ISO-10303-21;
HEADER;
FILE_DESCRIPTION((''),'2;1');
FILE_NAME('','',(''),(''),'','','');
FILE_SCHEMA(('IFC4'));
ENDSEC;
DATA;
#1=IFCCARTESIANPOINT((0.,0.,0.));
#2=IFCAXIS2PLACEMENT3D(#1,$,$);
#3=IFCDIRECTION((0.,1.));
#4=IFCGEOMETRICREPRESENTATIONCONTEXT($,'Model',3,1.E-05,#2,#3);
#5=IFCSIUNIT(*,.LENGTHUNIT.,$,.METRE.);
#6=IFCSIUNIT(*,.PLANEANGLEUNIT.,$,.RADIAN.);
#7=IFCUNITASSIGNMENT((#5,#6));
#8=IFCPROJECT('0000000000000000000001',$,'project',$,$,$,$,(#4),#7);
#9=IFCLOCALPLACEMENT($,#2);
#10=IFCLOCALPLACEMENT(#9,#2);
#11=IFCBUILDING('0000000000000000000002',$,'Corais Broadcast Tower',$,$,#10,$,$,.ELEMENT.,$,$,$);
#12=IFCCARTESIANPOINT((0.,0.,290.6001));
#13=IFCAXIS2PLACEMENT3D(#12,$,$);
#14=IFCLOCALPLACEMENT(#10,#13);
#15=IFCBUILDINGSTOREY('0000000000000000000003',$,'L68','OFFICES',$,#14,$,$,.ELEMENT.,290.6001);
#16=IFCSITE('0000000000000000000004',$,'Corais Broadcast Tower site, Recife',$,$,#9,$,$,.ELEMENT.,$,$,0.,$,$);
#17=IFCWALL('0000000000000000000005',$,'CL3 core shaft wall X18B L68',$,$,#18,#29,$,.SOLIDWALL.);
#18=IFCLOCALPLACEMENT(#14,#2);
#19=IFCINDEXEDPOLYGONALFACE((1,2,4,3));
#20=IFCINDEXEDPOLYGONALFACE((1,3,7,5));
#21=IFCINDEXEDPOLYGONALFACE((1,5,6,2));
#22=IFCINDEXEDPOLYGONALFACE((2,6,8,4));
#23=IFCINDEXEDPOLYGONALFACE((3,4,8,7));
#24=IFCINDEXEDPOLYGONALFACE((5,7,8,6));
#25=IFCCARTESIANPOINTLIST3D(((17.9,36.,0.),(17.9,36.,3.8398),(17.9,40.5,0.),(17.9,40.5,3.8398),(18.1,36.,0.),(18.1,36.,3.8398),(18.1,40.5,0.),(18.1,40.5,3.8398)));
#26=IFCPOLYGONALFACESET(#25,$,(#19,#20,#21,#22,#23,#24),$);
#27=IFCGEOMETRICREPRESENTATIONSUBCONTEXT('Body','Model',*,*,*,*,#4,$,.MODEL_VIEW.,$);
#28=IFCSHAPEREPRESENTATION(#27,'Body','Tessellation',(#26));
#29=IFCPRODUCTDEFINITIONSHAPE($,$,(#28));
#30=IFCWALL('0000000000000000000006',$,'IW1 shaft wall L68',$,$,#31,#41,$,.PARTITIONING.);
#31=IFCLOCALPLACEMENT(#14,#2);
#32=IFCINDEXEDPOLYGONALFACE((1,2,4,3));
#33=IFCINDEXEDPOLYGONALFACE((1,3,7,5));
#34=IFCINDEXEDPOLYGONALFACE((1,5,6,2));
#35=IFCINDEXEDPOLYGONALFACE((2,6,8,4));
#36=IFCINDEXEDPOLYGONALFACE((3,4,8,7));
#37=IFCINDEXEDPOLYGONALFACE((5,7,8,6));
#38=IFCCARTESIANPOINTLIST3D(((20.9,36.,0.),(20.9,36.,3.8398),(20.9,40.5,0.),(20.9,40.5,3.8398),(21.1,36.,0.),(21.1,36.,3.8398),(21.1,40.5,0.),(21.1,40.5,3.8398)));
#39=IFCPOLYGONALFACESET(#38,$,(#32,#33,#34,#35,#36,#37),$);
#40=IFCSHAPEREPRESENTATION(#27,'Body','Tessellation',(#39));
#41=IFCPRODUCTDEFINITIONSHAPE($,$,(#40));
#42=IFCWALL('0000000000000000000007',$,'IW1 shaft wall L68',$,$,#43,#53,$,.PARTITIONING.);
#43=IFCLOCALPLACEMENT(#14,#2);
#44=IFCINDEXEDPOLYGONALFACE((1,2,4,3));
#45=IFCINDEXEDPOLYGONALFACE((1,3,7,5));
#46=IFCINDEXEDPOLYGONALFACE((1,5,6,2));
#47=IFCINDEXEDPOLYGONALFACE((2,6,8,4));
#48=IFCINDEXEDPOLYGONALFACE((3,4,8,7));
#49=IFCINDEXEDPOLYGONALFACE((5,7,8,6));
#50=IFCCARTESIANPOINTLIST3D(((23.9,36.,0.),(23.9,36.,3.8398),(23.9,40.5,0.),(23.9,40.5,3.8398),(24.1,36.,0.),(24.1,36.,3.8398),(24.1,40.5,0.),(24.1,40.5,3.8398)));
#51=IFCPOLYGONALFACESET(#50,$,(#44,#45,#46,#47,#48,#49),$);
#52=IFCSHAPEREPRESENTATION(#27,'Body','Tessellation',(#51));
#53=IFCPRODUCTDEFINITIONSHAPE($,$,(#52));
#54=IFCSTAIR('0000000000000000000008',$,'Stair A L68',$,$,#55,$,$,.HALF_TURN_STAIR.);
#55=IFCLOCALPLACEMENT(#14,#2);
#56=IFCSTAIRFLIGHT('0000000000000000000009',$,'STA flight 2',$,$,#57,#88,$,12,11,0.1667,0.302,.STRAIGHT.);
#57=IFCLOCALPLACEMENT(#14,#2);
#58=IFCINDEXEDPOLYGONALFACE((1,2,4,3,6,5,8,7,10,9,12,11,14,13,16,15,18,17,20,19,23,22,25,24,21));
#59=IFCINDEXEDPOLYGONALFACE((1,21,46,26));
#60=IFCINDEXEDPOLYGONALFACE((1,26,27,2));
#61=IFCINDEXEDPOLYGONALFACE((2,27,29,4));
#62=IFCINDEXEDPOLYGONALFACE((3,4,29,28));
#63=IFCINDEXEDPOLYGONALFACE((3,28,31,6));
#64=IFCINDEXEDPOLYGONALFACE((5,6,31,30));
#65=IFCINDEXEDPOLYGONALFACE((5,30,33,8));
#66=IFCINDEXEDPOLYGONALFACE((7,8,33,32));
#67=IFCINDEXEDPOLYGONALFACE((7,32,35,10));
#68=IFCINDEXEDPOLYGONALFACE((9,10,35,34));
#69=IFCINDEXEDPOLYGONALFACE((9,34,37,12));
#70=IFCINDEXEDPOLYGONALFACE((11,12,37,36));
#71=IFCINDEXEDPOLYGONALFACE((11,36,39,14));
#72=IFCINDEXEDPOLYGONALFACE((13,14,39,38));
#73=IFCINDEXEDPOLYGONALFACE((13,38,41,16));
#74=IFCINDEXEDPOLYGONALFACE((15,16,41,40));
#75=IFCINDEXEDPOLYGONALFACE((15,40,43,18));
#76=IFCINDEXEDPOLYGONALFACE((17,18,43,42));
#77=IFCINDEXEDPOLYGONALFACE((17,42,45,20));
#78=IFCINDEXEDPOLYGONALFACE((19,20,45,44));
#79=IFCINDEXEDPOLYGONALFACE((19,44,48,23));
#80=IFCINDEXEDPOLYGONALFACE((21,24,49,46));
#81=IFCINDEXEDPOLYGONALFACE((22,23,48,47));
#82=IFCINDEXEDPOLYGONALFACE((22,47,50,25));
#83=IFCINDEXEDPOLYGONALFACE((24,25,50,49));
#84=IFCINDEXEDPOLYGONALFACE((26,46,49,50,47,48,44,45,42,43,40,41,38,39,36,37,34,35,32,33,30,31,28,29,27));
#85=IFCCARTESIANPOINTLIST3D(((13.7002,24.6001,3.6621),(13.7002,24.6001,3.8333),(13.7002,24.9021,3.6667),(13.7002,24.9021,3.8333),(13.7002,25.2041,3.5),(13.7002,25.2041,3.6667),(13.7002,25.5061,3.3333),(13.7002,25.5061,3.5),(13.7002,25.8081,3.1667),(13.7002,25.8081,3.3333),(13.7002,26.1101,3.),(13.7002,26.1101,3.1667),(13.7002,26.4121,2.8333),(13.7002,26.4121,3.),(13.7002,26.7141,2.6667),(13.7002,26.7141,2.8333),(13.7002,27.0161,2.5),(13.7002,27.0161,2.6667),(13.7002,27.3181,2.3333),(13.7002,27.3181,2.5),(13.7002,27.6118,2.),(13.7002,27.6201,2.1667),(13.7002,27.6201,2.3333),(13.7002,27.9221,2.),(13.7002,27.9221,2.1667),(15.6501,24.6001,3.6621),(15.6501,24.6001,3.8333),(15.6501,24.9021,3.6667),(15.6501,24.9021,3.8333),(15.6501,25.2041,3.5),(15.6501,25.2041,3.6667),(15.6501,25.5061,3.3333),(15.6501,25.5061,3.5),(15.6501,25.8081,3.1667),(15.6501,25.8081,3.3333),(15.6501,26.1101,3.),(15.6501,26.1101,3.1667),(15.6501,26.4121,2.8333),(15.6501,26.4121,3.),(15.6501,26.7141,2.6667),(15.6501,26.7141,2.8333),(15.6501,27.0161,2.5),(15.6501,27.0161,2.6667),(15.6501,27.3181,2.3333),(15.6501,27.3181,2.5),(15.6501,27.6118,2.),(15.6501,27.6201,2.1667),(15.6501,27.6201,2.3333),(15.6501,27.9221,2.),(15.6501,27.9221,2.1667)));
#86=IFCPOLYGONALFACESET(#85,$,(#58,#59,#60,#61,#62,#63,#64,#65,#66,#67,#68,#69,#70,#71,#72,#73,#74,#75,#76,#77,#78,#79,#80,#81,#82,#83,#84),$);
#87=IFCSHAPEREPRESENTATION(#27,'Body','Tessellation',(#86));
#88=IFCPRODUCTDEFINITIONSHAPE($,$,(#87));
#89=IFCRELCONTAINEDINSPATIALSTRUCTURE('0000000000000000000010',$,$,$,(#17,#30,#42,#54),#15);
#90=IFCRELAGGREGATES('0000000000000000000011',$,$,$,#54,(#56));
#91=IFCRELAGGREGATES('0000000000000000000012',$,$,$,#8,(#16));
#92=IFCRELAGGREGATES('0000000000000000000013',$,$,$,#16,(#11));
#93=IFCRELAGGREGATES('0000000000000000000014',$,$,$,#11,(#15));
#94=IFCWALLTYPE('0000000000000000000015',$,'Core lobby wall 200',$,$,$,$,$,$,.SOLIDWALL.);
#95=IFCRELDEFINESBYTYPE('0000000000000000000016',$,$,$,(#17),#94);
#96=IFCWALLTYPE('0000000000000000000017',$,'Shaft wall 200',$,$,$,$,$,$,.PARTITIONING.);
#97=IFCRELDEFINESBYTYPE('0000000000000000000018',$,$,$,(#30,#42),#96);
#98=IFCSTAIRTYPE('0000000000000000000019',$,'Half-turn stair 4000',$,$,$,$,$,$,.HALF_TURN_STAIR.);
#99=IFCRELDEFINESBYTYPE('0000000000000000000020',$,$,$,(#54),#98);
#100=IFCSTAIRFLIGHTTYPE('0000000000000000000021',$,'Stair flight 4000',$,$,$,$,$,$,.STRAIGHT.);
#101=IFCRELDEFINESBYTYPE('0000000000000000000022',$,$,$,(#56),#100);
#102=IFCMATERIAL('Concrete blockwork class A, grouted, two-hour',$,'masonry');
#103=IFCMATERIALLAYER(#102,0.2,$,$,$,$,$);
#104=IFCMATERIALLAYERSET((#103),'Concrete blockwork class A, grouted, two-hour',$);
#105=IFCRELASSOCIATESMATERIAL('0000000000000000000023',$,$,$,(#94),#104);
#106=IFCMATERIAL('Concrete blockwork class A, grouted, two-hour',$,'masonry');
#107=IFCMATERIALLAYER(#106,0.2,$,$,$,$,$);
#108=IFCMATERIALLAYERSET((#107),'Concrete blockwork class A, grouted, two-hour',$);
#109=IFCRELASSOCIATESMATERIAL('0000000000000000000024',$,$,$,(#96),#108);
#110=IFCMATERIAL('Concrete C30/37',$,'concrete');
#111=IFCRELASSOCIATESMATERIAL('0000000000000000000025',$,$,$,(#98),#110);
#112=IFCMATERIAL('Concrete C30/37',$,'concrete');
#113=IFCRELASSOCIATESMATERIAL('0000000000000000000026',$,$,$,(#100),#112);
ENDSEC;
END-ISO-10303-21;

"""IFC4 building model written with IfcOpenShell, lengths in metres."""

from ifc_helpers import new_model, si_unit, direction, frame, frame_2d, origin, place, context, subcontext, project, spatial, polyline, rectangle, outline, extrude, material, layer, layer_set, type_object, element, aggregate, save


model = new_model("IFC4")

# Units and contexts
model_context = context("Model", 3, precision=1e-05, world=origin(), true_north=direction((0.0, 1.0)))
body_context = subcontext(model_context, "Body", "Model", "MODEL_VIEW")
ifc_project = project(units=[si_unit("LENGTHUNIT", "METRE"), si_unit("PLANEANGLEUNIT", "RADIAN")], contexts=[model_context])

# Site, building, storey
site_placement = place(None, origin())
site = spatial("IfcSite", under=ifc_project, at=site_placement, Name="Corais Broadcast Tower site, Recife", CompositionType="ELEMENT", RefElevation=0.0)
building_placement = place(site_placement, origin())
building = spatial("IfcBuilding", under=site, at=building_placement, Name="Corais Broadcast Tower", CompositionType="ELEMENT")
storey_placement = place(building_placement, frame((0.0, 0.0, 290.6001)))
storey = spatial("IfcBuildingStorey", under=building, at=storey_placement, Name="L68", Description="OFFICES", CompositionType="ELEMENT", Elevation=290.6001)

# Walls
ifc_material_1 = material(Name="Concrete blockwork class A, grouted, two-hour", Category="masonry")
ifc_layer_1 = layer(ifc_material_1, 0.2)
ifc_layer_set_1 = layer_set([ifc_layer_1], Name="Concrete blockwork class A, grouted, two-hour")
wall_type_1 = type_object("IfcWallType", Name="Core lobby wall 200", PredefinedType="SOLIDWALL", material=ifc_layer_set_1)
wall_placement = place(storey_placement, frame((18.0, 36.0, 0.0), z_axis=(0.0, 0.0, 1.0), x_axis=(0.0, 1.0, 0.0)))
element("IfcWall", 1, at=wall_placement, inside=storey, type_object=wall_type_1, Name="CL3 core shaft wall X18B L68", PredefinedType="SOLIDWALL", context=body_context, shape_type="SweptSolid", body=[
    extrude(rectangle(XDim=4.5, YDim=0.2, at=frame_2d((2.25, 0.0))), origin(), (0.0, 0.0, 1.0), 3.8398),
])
ifc_material_2 = material(Name="Concrete blockwork class A, grouted, two-hour", Category="masonry")
ifc_layer_2 = layer(ifc_material_2, 0.2)
ifc_layer_set_2 = layer_set([ifc_layer_2], Name="Concrete blockwork class A, grouted, two-hour")
wall_type_2 = type_object("IfcWallType", Name="Shaft wall 200", PredefinedType="PARTITIONING", material=ifc_layer_set_2)
for number, where, z_axis, x_axis, name in (
    (2, (21.0, 36.0, 0.0), (0.0, 0.0, 1.0), (0.0, 1.0, 0.0), "IW1 shaft wall L68"),
    (3, (24.0, 36.0, 0.0), (0.0, 0.0, 1.0), (0.0, 1.0, 0.0), "IW1 shaft wall L68"),
):
    element("IfcWall", number, at=place(storey_placement, frame(where, z_axis=z_axis, x_axis=x_axis)), inside=storey, type_object=wall_type_2, Name=name, PredefinedType="PARTITIONING", context=body_context, shape_type="SweptSolid", body=[
        extrude(rectangle(XDim=4.5, YDim=0.2, at=frame_2d((2.25, 0.0))), origin(), (0.0, 0.0, 1.0), 3.8398),
    ])

# Stair, stair flight
ifc_material_3 = material(Name="Concrete C30/37", Category="concrete")
stair_type = type_object("IfcStairType", Name="Half-turn stair 4000", PredefinedType="HALF_TURN_STAIR", material=ifc_material_3)
stair_placement = place(storey_placement, origin())
stair = element("IfcStair", 4, at=stair_placement, inside=storey, type_object=stair_type, Name="Stair A L68", PredefinedType="HALF_TURN_STAIR")
ifc_material_4 = material(Name="Concrete C30/37", Category="concrete")
stair_flight_type = type_object("IfcStairFlightType", Name="Stair flight 4000", PredefinedType="STRAIGHT", material=ifc_material_4)
stair_flight_placement = place(storey_placement, frame((14.675, 27.9221, 2.0), z_axis=(0.0, 0.0, 1.0), x_axis=(0.0, -1.0, 0.0)))
stair_flight = element("IfcStairFlight", 5, at=stair_flight_placement, type_object=stair_flight_type, Name="STA flight 2", NumberOfRisers=12, NumberOfTreads=11, PredefinedType="STRAIGHT", RiserHeight=0.1667, TreadLength=0.302, context=body_context, shape_type="SweptSolid", body=[
    extrude(outline(polyline([(0.0, 0.0), (0.0, 0.1667), (0.302, 0.1667), (0.302, 0.3333), (0.604, 0.3333), (0.604, 0.5), (0.906, 0.5), (0.906, 0.6667), (1.208, 0.6667), (1.208, 0.8333), (1.51, 0.8333), (1.51, 1.0), (1.812, 1.0), (1.812, 1.1667), (2.114, 1.1667), (2.114, 1.3333), (2.416, 1.3333), (2.416, 1.5), (2.718, 1.5), (2.718, 1.6667), (3.02, 1.6667), (3.02, 1.8333), (3.322, 1.8333), (3.322, 2.0), (3.322, 1.6621), (0.3103, 0.0), (0.0, 0.0)])), frame((0.0, 0.9751, 0.0), z_axis=(0.0, -1.0, 0.0), x_axis=(1.0, 0.0, 0.0)), (0.0, 0.0, 1.0), 1.95),
])
aggregate(stair, [stair_flight])

save(model, "model.ifc")
